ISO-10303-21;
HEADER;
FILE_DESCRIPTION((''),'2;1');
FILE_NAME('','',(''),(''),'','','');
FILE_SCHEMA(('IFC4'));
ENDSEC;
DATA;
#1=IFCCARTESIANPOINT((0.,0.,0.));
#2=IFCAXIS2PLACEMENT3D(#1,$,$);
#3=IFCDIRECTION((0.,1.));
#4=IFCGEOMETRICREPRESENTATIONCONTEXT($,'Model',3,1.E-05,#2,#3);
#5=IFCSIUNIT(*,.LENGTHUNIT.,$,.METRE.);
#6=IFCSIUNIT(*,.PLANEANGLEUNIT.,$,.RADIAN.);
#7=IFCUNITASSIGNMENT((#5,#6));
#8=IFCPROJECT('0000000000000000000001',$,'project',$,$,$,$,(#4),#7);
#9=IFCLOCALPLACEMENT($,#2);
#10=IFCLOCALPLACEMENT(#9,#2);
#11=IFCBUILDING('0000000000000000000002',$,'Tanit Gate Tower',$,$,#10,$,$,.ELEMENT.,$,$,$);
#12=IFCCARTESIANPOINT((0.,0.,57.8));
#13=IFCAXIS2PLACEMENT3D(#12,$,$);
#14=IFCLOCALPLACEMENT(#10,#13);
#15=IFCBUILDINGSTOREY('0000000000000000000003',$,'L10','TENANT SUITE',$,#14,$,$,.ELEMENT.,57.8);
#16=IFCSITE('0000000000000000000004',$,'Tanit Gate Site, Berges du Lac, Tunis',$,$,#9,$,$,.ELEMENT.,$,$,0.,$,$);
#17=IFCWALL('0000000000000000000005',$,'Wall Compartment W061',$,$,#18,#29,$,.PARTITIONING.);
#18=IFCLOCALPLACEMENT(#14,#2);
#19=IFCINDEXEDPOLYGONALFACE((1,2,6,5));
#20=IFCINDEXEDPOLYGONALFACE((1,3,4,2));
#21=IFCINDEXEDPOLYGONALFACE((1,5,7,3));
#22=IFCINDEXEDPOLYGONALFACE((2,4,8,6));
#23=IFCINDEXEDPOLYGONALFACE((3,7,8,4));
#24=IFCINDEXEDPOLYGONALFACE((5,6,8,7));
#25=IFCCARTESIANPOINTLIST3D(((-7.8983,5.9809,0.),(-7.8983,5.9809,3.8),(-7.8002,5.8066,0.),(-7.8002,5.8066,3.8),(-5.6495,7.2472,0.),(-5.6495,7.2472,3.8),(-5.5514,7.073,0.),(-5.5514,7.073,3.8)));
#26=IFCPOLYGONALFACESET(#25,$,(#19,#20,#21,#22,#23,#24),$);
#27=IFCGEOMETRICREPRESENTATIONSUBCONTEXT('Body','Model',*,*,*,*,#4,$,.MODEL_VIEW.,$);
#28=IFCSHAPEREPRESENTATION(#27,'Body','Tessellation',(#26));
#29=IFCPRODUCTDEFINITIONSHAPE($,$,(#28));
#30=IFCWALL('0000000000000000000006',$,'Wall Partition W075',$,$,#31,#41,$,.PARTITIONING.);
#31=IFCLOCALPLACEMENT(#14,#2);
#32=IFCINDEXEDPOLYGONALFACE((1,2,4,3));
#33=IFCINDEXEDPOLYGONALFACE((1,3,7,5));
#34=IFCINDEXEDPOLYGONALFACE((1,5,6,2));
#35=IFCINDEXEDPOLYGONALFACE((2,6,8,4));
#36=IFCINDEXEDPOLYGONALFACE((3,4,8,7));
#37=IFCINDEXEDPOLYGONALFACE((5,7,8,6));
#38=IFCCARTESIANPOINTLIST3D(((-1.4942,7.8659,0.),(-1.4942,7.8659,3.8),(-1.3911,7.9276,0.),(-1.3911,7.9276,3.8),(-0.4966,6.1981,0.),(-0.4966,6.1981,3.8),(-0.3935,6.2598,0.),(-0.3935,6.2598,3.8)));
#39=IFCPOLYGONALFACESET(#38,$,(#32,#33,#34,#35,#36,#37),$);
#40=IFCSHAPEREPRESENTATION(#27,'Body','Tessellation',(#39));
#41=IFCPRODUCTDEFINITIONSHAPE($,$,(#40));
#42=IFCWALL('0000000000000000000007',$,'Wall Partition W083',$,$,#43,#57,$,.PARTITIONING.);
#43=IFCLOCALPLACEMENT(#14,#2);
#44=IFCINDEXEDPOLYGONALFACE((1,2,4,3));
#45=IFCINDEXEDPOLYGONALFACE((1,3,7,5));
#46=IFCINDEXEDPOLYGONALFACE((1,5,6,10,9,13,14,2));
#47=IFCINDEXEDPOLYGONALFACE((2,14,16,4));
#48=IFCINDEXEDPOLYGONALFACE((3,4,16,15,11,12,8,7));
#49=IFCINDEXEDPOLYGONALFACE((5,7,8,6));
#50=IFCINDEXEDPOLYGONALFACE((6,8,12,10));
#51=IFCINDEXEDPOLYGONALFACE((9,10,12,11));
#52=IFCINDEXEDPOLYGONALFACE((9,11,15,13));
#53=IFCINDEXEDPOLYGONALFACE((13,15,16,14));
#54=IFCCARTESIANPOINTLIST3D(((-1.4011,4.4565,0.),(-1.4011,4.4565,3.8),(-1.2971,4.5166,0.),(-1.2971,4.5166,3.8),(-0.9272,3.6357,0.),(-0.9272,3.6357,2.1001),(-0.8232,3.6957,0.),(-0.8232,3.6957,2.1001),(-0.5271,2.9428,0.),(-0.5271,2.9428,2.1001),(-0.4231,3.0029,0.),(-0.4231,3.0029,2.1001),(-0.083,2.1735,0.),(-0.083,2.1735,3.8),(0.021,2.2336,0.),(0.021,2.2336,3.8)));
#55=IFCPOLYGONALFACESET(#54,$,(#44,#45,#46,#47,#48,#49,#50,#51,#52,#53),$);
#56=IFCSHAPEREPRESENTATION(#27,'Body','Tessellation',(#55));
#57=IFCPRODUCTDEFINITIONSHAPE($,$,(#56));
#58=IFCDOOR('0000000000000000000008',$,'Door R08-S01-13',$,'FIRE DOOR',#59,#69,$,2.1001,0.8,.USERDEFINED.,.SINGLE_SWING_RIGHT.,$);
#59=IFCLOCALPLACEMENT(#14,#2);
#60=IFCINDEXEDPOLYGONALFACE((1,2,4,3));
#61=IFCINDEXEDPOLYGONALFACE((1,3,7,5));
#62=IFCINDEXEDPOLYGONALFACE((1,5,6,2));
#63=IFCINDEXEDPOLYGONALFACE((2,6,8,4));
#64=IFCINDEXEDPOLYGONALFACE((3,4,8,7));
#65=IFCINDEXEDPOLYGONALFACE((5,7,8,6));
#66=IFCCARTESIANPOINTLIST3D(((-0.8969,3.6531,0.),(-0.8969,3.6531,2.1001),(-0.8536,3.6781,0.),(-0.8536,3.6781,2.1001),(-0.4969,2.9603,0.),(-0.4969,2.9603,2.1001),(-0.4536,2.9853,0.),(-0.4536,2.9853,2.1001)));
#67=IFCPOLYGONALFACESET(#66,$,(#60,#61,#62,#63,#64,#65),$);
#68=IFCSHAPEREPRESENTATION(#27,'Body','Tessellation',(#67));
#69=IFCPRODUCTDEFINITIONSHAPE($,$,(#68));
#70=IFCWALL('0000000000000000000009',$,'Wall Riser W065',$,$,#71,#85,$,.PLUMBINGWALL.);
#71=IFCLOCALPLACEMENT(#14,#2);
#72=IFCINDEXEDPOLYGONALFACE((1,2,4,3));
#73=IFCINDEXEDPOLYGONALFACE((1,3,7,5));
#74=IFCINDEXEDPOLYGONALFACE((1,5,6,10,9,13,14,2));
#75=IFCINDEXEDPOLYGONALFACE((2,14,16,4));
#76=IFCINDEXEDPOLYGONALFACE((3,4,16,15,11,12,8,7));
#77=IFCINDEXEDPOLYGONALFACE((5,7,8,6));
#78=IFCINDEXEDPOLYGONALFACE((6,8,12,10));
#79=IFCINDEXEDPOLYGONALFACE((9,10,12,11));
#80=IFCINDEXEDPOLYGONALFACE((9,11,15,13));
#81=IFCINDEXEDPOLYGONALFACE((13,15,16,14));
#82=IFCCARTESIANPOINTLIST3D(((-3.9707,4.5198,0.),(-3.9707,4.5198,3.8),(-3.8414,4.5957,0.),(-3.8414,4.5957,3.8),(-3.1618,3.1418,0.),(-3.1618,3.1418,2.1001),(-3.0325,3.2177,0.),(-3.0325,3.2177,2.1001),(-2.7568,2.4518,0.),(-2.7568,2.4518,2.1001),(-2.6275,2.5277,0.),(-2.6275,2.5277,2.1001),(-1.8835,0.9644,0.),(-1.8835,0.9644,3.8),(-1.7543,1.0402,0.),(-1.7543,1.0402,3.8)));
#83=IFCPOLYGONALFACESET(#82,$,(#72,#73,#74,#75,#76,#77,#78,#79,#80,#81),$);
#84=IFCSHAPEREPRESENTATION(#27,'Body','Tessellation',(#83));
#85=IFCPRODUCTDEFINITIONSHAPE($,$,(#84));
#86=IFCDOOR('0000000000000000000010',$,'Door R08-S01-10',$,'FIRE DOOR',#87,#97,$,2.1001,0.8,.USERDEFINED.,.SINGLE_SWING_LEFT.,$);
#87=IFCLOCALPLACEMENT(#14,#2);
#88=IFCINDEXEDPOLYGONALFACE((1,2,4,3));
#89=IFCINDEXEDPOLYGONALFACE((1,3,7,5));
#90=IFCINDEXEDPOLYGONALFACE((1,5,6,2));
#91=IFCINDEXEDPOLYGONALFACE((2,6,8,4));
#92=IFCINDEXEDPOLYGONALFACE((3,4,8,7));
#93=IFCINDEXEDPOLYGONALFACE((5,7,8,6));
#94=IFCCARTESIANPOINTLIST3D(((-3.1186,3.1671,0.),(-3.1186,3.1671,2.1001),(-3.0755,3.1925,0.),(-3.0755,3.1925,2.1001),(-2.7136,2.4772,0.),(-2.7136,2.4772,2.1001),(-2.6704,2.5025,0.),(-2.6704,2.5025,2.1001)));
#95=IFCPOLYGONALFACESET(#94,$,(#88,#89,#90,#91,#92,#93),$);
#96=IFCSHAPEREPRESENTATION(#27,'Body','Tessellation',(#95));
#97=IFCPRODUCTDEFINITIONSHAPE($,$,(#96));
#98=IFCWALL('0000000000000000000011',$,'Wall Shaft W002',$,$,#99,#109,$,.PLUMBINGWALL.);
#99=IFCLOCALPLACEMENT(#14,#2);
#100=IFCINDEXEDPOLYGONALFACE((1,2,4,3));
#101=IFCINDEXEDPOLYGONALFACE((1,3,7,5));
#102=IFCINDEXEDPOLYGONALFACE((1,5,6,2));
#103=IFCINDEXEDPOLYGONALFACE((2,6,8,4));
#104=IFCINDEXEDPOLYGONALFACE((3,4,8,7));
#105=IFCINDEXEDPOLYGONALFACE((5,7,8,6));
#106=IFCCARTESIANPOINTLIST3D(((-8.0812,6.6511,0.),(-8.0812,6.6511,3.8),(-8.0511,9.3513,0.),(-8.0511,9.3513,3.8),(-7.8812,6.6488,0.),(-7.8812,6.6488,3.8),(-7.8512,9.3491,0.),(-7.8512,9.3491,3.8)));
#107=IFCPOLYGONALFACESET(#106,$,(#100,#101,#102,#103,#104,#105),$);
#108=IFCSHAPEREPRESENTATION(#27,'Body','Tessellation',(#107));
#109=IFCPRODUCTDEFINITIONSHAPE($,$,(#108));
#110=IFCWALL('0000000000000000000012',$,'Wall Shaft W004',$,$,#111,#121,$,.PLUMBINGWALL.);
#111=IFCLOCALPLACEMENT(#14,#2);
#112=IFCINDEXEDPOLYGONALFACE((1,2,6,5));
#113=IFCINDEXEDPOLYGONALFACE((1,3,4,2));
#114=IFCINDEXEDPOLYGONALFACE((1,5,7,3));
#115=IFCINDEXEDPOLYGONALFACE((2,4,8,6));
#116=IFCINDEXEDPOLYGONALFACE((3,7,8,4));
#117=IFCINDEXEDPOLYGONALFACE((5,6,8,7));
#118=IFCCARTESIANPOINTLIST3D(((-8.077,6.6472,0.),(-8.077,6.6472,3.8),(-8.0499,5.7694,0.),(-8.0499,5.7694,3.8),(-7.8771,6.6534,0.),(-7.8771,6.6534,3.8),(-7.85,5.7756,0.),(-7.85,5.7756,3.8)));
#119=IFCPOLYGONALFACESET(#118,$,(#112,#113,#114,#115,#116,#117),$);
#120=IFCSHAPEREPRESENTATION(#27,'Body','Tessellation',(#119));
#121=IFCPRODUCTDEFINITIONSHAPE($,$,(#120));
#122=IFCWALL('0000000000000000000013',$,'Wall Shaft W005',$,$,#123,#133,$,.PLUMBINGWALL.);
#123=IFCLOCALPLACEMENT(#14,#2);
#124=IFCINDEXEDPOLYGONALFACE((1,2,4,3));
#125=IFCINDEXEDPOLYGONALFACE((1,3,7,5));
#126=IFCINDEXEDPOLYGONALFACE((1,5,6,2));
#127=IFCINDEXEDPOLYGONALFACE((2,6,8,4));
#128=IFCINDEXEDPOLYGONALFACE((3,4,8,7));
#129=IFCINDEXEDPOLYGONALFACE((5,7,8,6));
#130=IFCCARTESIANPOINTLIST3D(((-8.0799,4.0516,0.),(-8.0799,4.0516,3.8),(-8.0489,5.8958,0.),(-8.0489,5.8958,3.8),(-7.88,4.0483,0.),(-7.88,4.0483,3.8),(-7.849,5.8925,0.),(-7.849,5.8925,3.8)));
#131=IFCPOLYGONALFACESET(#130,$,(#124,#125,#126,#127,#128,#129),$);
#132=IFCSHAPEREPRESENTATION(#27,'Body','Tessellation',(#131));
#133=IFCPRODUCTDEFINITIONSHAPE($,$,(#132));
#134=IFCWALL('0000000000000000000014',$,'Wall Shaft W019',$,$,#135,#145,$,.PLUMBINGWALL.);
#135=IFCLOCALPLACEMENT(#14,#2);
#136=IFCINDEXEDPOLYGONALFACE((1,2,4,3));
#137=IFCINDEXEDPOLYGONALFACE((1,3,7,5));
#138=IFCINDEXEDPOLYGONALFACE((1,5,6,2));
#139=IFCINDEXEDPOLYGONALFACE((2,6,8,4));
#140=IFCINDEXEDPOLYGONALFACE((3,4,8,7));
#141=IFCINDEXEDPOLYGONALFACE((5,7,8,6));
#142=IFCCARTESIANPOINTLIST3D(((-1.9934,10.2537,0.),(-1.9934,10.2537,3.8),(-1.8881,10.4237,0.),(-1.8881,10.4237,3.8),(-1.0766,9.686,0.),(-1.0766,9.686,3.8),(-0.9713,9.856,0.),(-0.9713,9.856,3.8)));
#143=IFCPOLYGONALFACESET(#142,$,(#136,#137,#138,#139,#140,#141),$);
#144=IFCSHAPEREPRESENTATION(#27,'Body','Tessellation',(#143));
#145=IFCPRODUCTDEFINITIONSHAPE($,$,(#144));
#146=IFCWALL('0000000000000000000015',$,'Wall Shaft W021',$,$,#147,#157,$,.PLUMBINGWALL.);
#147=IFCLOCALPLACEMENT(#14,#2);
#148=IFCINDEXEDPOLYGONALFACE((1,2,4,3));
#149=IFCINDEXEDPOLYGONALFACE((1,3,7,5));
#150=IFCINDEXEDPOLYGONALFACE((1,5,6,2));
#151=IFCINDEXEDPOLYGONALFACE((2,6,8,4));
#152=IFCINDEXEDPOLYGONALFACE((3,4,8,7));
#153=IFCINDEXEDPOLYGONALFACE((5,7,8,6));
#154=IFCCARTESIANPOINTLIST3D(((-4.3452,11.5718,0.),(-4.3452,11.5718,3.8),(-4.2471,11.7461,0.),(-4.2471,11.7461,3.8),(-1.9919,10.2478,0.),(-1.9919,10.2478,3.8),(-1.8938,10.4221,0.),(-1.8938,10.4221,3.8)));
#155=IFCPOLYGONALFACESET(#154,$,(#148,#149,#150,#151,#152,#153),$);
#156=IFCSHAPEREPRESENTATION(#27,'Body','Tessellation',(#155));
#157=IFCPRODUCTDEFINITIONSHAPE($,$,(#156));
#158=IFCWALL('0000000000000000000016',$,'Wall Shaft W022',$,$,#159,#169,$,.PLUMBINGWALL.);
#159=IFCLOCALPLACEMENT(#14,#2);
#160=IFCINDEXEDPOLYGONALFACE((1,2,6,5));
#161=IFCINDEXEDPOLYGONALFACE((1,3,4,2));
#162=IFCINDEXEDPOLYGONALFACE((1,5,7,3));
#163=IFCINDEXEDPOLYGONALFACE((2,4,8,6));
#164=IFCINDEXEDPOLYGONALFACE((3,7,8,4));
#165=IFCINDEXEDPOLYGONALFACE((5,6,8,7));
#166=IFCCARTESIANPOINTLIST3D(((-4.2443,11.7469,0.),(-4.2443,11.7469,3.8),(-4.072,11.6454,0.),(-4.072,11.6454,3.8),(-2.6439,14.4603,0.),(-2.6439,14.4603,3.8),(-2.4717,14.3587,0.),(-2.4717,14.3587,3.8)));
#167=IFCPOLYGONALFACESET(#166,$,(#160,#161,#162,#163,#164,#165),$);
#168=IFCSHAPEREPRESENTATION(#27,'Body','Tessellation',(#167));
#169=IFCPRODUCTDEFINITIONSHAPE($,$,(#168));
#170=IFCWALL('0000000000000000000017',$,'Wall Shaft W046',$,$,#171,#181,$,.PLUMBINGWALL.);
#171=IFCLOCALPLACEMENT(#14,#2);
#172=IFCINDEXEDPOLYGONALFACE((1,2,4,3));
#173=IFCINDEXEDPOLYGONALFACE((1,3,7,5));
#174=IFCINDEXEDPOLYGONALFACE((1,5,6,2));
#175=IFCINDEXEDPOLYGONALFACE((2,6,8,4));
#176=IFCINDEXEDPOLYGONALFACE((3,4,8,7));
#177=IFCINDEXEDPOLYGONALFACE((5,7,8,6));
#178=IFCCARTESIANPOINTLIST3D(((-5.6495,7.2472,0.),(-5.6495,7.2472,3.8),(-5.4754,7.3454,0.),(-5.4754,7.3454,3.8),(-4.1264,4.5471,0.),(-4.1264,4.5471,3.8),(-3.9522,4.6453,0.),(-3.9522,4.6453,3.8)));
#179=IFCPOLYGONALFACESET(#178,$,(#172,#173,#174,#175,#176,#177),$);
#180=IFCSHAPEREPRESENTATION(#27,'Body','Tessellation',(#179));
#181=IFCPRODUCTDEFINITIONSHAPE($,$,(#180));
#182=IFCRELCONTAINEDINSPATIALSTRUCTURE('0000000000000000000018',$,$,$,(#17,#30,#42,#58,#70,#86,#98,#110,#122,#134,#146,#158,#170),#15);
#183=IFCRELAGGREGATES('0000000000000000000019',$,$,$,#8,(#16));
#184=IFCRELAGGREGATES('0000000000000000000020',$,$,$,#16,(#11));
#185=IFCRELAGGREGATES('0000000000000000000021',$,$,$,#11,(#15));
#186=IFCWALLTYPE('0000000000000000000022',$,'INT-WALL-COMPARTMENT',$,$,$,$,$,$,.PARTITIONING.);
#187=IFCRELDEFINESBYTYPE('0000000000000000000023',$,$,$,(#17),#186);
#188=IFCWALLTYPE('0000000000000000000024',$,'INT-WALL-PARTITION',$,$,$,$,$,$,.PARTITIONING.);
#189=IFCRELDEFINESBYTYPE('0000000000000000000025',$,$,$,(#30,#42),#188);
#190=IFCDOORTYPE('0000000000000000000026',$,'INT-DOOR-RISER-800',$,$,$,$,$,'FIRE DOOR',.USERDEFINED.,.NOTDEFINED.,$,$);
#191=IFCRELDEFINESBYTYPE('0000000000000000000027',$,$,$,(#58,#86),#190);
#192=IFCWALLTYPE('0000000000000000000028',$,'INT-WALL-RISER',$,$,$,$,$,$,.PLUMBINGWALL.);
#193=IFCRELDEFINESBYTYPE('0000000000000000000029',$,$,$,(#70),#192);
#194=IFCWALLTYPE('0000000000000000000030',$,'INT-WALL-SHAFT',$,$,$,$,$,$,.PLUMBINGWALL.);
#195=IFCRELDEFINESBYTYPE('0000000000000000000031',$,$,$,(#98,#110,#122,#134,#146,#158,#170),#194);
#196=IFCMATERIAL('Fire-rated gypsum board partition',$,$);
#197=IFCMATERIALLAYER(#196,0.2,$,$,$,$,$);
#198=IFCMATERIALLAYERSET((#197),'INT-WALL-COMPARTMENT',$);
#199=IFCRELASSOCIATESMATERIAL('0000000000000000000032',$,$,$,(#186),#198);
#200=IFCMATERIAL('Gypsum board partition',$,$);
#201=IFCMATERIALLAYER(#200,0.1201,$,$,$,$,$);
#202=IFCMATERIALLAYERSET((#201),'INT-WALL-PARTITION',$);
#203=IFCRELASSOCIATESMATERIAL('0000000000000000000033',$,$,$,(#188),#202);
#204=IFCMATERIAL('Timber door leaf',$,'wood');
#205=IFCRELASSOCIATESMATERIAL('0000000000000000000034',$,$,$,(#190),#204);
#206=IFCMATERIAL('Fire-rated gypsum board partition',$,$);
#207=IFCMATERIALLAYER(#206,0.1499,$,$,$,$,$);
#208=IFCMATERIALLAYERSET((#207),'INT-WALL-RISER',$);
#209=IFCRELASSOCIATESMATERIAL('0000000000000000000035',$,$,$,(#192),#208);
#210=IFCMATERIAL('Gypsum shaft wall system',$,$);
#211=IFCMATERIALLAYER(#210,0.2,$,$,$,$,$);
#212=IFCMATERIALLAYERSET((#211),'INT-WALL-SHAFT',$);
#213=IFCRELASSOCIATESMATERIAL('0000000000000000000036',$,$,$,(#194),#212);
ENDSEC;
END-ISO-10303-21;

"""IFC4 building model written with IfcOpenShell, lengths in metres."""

from ifc_helpers import new_model, si_unit, direction, frame, frame_2d, origin, place, context, subcontext, project, spatial, rectangle, extrude, material, layer, layer_set, type_object, element, fill, save


model = new_model("IFC4")

# Units and contexts
model_context = context("Model", 3, precision=1e-05, world=origin(), true_north=direction((0.0, 1.0)))
body_context = subcontext(model_context, "Body", "Model", "MODEL_VIEW")
ifc_project = project(units=[si_unit("LENGTHUNIT", "METRE"), si_unit("PLANEANGLEUNIT", "RADIAN")], contexts=[model_context])

# Site, building, storey
site_placement = place(None, origin())
site = spatial("IfcSite", under=ifc_project, at=site_placement, Name="Tanit Gate Site, Berges du Lac, Tunis", CompositionType="ELEMENT", RefElevation=0.0)
building_placement = place(site_placement, origin())
building = spatial("IfcBuilding", under=site, at=building_placement, Name="Tanit Gate Tower", CompositionType="ELEMENT")
storey_placement = place(building_placement, frame((0.0, 0.0, 57.8)))
storey = spatial("IfcBuildingStorey", under=building, at=storey_placement, Name="L10", Description="TENANT SUITE", CompositionType="ELEMENT", Elevation=57.8)

# Walls
ifc_material_1 = material(Name="Fire-rated gypsum board partition")
ifc_layer_1 = layer(ifc_material_1, 0.2)
ifc_layer_set_1 = layer_set([ifc_layer_1], Name="INT-WALL-COMPARTMENT")
wall_type_1 = type_object("IfcWallType", Name="INT-WALL-COMPARTMENT", PredefinedType="PARTITIONING", material=ifc_layer_set_1)
wall_1_placement = place(storey_placement, frame((-5.6003, 7.1602, 0.0), z_axis=(0.0, 0.0, 1.0), x_axis=(-0.87134, -0.490679, 0.0)))
element("IfcWall", 1, at=wall_1_placement, inside=storey, type_object=wall_type_1, Name="Wall Compartment W061", PredefinedType="PARTITIONING", context=body_context, shape_type="SweptSolid", body=[
    extrude(rectangle(XDim=2.5808, YDim=0.2, at=frame_2d((1.2905, 0.0))), origin(), (0.0, 0.0, 1.0), 3.8),
])
ifc_material_2 = material(Name="Gypsum board partition")
ifc_layer_2 = layer(ifc_material_2, 0.1201)
ifc_layer_set_2 = layer_set([ifc_layer_2], Name="INT-WALL-PARTITION")
wall_type_2 = type_object("IfcWallType", Name="INT-WALL-PARTITION", PredefinedType="PARTITIONING", material=ifc_layer_set_2)
wall_2_placement = place(storey_placement, frame((-1.4426, 7.8967, 0.0), z_axis=(0.0, 0.0, 1.0), x_axis=(0.513331, -0.858191, 0.0)))
element("IfcWall", 2, at=wall_2_placement, inside=storey, type_object=wall_type_2, Name="Wall Partition W075", PredefinedType="PARTITIONING", context=body_context, shape_type="SweptSolid", body=[
    extrude(rectangle(XDim=1.9434, YDim=0.1201, at=frame_2d((0.9717, 0.0))), origin(), (0.0, 0.0, 1.0), 3.8),
])

# Walls, openings, doors
wall_3_placement = place(storey_placement, frame((-1.3491, 4.4866, 0.0), z_axis=(0.0, 0.0, 1.0), x_axis=(0.500014, -0.866017, 0.0)))
wall_3 = element("IfcWall", 3, at=wall_3_placement, inside=storey, type_object=wall_type_2, Name="Wall Partition W083", PredefinedType="PARTITIONING", context=body_context, shape_type="SweptSolid", body=[
    extrude(rectangle(XDim=2.6362, YDim=0.1201, at=frame_2d((1.3181, 0.0))), origin(), (0.0, 0.0, 1.0), 3.8),
])
opening_1_placement = place(wall_3_placement, frame((0.948, 0.0, 0.0)))
opening_1 = element("IfcOpeningElement", 4, at=opening_1_placement, cuts=wall_3, PredefinedType="OPENING", context=body_context, shape_type="SweptSolid", body=[
    extrude(rectangle(XDim=0.8, YDim=2.1001, at=frame_2d((0.3999, 1.05))), frame((0.0, 0.0701, 0.0), z_axis=(0.0, -1.0, 0.0), x_axis=(1.0, 0.0, 0.0)), (0.0, 0.0, 1.0), 0.1401),
])
ifc_material_3 = material(Name="Timber door leaf", Category="wood")
door_type_1 = type_object("IfcDoorType", Name="INT-DOOR-RISER-800", ElementType="FIRE DOOR", OperationType="NOTDEFINED", PredefinedType="USERDEFINED", material=ifc_material_3)
door_1_placement = place(opening_1_placement, origin())
door_1 = element("IfcDoor", 5, at=door_1_placement, inside=storey, type_object=door_type_1, Name="Door R08-S01-13", ObjectType="FIRE DOOR", OperationType="SINGLE_SWING_RIGHT", OverallHeight=2.1001, OverallWidth=0.8, PredefinedType="USERDEFINED", context=body_context, shape_type="SweptSolid", body=[
    extrude(rectangle(XDim=0.8, YDim=2.1001, at=frame_2d((0.3999, 1.05))), frame((0.0, 0.0249, 0.0), z_axis=(0.0, -1.0, 0.0), x_axis=(1.0, 0.0, 0.0)), (0.0, 0.0, 1.0), 0.05),
])
fill(opening_1, door_1)
ifc_material_4 = material(Name="Fire-rated gypsum board partition")
ifc_layer_3 = layer(ifc_material_4, 0.1499)
ifc_layer_set_3 = layer_set([ifc_layer_3], Name="INT-WALL-RISER")
wall_type_3 = type_object("IfcWallType", Name="INT-WALL-RISER", PredefinedType="PLUMBINGWALL", material=ifc_layer_set_3)
wall_4_placement = place(storey_placement, frame((-1.8188, 1.0022, 0.0), z_axis=(0.0, 0.0, 1.0), x_axis=(-0.506251, 0.862386, 0.0)))
wall_4 = element("IfcWall", 6, at=wall_4_placement, inside=storey, type_object=wall_type_3, Name="Wall Riser W065", PredefinedType="PLUMBINGWALL", context=body_context, shape_type="SweptSolid", body=[
    extrude(rectangle(XDim=4.1228, YDim=0.1499, at=frame_2d((2.0615, 0.0))), origin(), (0.0, 0.0, 1.0), 3.8),
])
opening_2_placement = place(wall_4_placement, frame((1.7251, 0.0, 0.0)))
opening_2 = element("IfcOpeningElement", 7, at=opening_2_placement, cuts=wall_4, PredefinedType="OPENING", context=body_context, shape_type="SweptSolid", body=[
    extrude(rectangle(XDim=0.8, YDim=2.1001, at=frame_2d((0.3999, 1.05))), frame((0.0, 0.085, 0.0), z_axis=(0.0, -1.0, 0.0), x_axis=(1.0, 0.0, 0.0)), (0.0, 0.0, 1.0), 0.1699),
])
door_2_placement = place(opening_2_placement, origin())
door_2 = element("IfcDoor", 8, at=door_2_placement, inside=storey, type_object=door_type_1, Name="Door R08-S01-10", ObjectType="FIRE DOOR", OperationType="SINGLE_SWING_LEFT", OverallHeight=2.1001, OverallWidth=0.8, PredefinedType="USERDEFINED", context=body_context, shape_type="SweptSolid", body=[
    extrude(rectangle(XDim=0.8, YDim=2.1001, at=frame_2d((0.3999, 1.05))), frame((0.0, 0.0249, 0.0), z_axis=(0.0, -1.0, 0.0), x_axis=(1.0, 0.0, 0.0)), (0.0, 0.0, 1.0), 0.05),
])
fill(opening_2, door_2)

# Walls
ifc_material_5 = material(Name="Gypsum shaft wall system")
ifc_layer_4 = layer(ifc_material_5, 0.2)
ifc_layer_set_4 = layer_set([ifc_layer_4], Name="INT-WALL-SHAFT")
wall_type_4 = type_object("IfcWallType", Name="INT-WALL-SHAFT", PredefinedType="PLUMBINGWALL", material=ifc_layer_set_4)
wall_5_placement = place(storey_placement, frame((-7.9512, 9.3501, 0.0), z_axis=(0.0, 0.0, 1.0), x_axis=(-0.01112, -0.999938, 0.0)))
element("IfcWall", 9, at=wall_5_placement, inside=storey, type_object=wall_type_4, Name="Wall Shaft W002", PredefinedType="PLUMBINGWALL", context=body_context, shape_type="SweptSolid", body=[
    extrude(rectangle(XDim=2.7004, YDim=0.2, at=frame_2d((1.3501, 0.0))), origin(), (0.0, 0.0, 1.0), 3.8),
])
wall_6_placement = place(storey_placement, frame((-7.9771, 6.6501, 0.0), z_axis=(0.0, 0.0, 1.0), x_axis=(0.030862, -0.999524, 0.0)))
element("IfcWall", 10, at=wall_6_placement, inside=storey, type_object=wall_type_4, Name="Wall Shaft W004", PredefinedType="PLUMBINGWALL", context=body_context, shape_type="SweptSolid", body=[
    extrude(rectangle(XDim=0.8782, YDim=0.2, at=frame_2d((0.439, 0.0))), origin(), (0.0, 0.0, 1.0), 3.8),
])
wall_7_placement = place(storey_placement, frame((-7.949, 5.8943, 0.0), z_axis=(0.0, 0.0, 1.0), x_axis=(-0.01681, -0.999859, 0.0)))
element("IfcWall", 11, at=wall_7_placement, inside=storey, type_object=wall_type_4, Name="Wall Shaft W005", PredefinedType="PLUMBINGWALL", context=body_context, shape_type="SweptSolid", body=[
    extrude(rectangle(XDim=1.8445, YDim=0.2, at=frame_2d((0.9224, 0.0))), origin(), (0.0, 0.0, 1.0), 3.8),
])
wall_8_placement = place(storey_placement, frame((-1.9407, 10.3386, 0.0), z_axis=(0.0, 0.0, 1.0), x_axis=(0.850217, -0.526433, 0.0)))
element("IfcWall", 12, at=wall_8_placement, inside=storey, type_object=wall_type_4, Name="Wall Shaft W019", PredefinedType="PLUMBINGWALL", context=body_context, shape_type="SweptSolid", body=[
    extrude(rectangle(XDim=1.0784, YDim=0.2, at=frame_2d((0.5391, 0.0))), origin(), (0.0, 0.0, 1.0), 3.8),
])
wall_9_placement = place(storey_placement, frame((-4.2961, 11.6589, 0.0), z_axis=(0.0, 0.0, 1.0), x_axis=(0.871534, -0.490334, 0.0)))
element("IfcWall", 13, at=wall_9_placement, inside=storey, type_object=wall_type_4, Name="Wall Shaft W021", PredefinedType="PLUMBINGWALL", context=body_context, shape_type="SweptSolid", body=[
    extrude(rectangle(XDim=2.7002, YDim=0.2, at=frame_2d((1.3501, 0.0))), origin(), (0.0, 0.0, 1.0), 3.8),
])
wall_10_placement = place(storey_placement, frame((-4.1582, 11.696, 0.0), z_axis=(0.0, 0.0, 1.0), x_axis=(0.508019, 0.861346, 0.0)))
element("IfcWall", 14, at=wall_10_placement, inside=storey, type_object=wall_type_4, Name="Wall Shaft W022", PredefinedType="PLUMBINGWALL", context=body_context, shape_type="SweptSolid", body=[
    extrude(rectangle(XDim=3.1501, YDim=0.2, at=frame_2d((1.5752, 0.0))), origin(), (0.0, 0.0, 1.0), 3.8),
])

# Wall
wall_11_placement = place(storey_placement, frame((-4.0393, 4.5962, 0.0), z_axis=(0.0, 0.0, 1.0), x_axis=(-0.491323, 0.870978, 0.0)))
element("IfcWall", 15, at=wall_11_placement, inside=storey, type_object=wall_type_4, Name="Wall Shaft W046", PredefinedType="PLUMBINGWALL", context=body_context, shape_type="SweptSolid", body=[
    extrude(rectangle(XDim=3.1001, YDim=0.2, at=frame_2d((1.55, 0.0))), origin(), (0.0, 0.0, 1.0), 3.8),
])

save(model, "model.ifc")
